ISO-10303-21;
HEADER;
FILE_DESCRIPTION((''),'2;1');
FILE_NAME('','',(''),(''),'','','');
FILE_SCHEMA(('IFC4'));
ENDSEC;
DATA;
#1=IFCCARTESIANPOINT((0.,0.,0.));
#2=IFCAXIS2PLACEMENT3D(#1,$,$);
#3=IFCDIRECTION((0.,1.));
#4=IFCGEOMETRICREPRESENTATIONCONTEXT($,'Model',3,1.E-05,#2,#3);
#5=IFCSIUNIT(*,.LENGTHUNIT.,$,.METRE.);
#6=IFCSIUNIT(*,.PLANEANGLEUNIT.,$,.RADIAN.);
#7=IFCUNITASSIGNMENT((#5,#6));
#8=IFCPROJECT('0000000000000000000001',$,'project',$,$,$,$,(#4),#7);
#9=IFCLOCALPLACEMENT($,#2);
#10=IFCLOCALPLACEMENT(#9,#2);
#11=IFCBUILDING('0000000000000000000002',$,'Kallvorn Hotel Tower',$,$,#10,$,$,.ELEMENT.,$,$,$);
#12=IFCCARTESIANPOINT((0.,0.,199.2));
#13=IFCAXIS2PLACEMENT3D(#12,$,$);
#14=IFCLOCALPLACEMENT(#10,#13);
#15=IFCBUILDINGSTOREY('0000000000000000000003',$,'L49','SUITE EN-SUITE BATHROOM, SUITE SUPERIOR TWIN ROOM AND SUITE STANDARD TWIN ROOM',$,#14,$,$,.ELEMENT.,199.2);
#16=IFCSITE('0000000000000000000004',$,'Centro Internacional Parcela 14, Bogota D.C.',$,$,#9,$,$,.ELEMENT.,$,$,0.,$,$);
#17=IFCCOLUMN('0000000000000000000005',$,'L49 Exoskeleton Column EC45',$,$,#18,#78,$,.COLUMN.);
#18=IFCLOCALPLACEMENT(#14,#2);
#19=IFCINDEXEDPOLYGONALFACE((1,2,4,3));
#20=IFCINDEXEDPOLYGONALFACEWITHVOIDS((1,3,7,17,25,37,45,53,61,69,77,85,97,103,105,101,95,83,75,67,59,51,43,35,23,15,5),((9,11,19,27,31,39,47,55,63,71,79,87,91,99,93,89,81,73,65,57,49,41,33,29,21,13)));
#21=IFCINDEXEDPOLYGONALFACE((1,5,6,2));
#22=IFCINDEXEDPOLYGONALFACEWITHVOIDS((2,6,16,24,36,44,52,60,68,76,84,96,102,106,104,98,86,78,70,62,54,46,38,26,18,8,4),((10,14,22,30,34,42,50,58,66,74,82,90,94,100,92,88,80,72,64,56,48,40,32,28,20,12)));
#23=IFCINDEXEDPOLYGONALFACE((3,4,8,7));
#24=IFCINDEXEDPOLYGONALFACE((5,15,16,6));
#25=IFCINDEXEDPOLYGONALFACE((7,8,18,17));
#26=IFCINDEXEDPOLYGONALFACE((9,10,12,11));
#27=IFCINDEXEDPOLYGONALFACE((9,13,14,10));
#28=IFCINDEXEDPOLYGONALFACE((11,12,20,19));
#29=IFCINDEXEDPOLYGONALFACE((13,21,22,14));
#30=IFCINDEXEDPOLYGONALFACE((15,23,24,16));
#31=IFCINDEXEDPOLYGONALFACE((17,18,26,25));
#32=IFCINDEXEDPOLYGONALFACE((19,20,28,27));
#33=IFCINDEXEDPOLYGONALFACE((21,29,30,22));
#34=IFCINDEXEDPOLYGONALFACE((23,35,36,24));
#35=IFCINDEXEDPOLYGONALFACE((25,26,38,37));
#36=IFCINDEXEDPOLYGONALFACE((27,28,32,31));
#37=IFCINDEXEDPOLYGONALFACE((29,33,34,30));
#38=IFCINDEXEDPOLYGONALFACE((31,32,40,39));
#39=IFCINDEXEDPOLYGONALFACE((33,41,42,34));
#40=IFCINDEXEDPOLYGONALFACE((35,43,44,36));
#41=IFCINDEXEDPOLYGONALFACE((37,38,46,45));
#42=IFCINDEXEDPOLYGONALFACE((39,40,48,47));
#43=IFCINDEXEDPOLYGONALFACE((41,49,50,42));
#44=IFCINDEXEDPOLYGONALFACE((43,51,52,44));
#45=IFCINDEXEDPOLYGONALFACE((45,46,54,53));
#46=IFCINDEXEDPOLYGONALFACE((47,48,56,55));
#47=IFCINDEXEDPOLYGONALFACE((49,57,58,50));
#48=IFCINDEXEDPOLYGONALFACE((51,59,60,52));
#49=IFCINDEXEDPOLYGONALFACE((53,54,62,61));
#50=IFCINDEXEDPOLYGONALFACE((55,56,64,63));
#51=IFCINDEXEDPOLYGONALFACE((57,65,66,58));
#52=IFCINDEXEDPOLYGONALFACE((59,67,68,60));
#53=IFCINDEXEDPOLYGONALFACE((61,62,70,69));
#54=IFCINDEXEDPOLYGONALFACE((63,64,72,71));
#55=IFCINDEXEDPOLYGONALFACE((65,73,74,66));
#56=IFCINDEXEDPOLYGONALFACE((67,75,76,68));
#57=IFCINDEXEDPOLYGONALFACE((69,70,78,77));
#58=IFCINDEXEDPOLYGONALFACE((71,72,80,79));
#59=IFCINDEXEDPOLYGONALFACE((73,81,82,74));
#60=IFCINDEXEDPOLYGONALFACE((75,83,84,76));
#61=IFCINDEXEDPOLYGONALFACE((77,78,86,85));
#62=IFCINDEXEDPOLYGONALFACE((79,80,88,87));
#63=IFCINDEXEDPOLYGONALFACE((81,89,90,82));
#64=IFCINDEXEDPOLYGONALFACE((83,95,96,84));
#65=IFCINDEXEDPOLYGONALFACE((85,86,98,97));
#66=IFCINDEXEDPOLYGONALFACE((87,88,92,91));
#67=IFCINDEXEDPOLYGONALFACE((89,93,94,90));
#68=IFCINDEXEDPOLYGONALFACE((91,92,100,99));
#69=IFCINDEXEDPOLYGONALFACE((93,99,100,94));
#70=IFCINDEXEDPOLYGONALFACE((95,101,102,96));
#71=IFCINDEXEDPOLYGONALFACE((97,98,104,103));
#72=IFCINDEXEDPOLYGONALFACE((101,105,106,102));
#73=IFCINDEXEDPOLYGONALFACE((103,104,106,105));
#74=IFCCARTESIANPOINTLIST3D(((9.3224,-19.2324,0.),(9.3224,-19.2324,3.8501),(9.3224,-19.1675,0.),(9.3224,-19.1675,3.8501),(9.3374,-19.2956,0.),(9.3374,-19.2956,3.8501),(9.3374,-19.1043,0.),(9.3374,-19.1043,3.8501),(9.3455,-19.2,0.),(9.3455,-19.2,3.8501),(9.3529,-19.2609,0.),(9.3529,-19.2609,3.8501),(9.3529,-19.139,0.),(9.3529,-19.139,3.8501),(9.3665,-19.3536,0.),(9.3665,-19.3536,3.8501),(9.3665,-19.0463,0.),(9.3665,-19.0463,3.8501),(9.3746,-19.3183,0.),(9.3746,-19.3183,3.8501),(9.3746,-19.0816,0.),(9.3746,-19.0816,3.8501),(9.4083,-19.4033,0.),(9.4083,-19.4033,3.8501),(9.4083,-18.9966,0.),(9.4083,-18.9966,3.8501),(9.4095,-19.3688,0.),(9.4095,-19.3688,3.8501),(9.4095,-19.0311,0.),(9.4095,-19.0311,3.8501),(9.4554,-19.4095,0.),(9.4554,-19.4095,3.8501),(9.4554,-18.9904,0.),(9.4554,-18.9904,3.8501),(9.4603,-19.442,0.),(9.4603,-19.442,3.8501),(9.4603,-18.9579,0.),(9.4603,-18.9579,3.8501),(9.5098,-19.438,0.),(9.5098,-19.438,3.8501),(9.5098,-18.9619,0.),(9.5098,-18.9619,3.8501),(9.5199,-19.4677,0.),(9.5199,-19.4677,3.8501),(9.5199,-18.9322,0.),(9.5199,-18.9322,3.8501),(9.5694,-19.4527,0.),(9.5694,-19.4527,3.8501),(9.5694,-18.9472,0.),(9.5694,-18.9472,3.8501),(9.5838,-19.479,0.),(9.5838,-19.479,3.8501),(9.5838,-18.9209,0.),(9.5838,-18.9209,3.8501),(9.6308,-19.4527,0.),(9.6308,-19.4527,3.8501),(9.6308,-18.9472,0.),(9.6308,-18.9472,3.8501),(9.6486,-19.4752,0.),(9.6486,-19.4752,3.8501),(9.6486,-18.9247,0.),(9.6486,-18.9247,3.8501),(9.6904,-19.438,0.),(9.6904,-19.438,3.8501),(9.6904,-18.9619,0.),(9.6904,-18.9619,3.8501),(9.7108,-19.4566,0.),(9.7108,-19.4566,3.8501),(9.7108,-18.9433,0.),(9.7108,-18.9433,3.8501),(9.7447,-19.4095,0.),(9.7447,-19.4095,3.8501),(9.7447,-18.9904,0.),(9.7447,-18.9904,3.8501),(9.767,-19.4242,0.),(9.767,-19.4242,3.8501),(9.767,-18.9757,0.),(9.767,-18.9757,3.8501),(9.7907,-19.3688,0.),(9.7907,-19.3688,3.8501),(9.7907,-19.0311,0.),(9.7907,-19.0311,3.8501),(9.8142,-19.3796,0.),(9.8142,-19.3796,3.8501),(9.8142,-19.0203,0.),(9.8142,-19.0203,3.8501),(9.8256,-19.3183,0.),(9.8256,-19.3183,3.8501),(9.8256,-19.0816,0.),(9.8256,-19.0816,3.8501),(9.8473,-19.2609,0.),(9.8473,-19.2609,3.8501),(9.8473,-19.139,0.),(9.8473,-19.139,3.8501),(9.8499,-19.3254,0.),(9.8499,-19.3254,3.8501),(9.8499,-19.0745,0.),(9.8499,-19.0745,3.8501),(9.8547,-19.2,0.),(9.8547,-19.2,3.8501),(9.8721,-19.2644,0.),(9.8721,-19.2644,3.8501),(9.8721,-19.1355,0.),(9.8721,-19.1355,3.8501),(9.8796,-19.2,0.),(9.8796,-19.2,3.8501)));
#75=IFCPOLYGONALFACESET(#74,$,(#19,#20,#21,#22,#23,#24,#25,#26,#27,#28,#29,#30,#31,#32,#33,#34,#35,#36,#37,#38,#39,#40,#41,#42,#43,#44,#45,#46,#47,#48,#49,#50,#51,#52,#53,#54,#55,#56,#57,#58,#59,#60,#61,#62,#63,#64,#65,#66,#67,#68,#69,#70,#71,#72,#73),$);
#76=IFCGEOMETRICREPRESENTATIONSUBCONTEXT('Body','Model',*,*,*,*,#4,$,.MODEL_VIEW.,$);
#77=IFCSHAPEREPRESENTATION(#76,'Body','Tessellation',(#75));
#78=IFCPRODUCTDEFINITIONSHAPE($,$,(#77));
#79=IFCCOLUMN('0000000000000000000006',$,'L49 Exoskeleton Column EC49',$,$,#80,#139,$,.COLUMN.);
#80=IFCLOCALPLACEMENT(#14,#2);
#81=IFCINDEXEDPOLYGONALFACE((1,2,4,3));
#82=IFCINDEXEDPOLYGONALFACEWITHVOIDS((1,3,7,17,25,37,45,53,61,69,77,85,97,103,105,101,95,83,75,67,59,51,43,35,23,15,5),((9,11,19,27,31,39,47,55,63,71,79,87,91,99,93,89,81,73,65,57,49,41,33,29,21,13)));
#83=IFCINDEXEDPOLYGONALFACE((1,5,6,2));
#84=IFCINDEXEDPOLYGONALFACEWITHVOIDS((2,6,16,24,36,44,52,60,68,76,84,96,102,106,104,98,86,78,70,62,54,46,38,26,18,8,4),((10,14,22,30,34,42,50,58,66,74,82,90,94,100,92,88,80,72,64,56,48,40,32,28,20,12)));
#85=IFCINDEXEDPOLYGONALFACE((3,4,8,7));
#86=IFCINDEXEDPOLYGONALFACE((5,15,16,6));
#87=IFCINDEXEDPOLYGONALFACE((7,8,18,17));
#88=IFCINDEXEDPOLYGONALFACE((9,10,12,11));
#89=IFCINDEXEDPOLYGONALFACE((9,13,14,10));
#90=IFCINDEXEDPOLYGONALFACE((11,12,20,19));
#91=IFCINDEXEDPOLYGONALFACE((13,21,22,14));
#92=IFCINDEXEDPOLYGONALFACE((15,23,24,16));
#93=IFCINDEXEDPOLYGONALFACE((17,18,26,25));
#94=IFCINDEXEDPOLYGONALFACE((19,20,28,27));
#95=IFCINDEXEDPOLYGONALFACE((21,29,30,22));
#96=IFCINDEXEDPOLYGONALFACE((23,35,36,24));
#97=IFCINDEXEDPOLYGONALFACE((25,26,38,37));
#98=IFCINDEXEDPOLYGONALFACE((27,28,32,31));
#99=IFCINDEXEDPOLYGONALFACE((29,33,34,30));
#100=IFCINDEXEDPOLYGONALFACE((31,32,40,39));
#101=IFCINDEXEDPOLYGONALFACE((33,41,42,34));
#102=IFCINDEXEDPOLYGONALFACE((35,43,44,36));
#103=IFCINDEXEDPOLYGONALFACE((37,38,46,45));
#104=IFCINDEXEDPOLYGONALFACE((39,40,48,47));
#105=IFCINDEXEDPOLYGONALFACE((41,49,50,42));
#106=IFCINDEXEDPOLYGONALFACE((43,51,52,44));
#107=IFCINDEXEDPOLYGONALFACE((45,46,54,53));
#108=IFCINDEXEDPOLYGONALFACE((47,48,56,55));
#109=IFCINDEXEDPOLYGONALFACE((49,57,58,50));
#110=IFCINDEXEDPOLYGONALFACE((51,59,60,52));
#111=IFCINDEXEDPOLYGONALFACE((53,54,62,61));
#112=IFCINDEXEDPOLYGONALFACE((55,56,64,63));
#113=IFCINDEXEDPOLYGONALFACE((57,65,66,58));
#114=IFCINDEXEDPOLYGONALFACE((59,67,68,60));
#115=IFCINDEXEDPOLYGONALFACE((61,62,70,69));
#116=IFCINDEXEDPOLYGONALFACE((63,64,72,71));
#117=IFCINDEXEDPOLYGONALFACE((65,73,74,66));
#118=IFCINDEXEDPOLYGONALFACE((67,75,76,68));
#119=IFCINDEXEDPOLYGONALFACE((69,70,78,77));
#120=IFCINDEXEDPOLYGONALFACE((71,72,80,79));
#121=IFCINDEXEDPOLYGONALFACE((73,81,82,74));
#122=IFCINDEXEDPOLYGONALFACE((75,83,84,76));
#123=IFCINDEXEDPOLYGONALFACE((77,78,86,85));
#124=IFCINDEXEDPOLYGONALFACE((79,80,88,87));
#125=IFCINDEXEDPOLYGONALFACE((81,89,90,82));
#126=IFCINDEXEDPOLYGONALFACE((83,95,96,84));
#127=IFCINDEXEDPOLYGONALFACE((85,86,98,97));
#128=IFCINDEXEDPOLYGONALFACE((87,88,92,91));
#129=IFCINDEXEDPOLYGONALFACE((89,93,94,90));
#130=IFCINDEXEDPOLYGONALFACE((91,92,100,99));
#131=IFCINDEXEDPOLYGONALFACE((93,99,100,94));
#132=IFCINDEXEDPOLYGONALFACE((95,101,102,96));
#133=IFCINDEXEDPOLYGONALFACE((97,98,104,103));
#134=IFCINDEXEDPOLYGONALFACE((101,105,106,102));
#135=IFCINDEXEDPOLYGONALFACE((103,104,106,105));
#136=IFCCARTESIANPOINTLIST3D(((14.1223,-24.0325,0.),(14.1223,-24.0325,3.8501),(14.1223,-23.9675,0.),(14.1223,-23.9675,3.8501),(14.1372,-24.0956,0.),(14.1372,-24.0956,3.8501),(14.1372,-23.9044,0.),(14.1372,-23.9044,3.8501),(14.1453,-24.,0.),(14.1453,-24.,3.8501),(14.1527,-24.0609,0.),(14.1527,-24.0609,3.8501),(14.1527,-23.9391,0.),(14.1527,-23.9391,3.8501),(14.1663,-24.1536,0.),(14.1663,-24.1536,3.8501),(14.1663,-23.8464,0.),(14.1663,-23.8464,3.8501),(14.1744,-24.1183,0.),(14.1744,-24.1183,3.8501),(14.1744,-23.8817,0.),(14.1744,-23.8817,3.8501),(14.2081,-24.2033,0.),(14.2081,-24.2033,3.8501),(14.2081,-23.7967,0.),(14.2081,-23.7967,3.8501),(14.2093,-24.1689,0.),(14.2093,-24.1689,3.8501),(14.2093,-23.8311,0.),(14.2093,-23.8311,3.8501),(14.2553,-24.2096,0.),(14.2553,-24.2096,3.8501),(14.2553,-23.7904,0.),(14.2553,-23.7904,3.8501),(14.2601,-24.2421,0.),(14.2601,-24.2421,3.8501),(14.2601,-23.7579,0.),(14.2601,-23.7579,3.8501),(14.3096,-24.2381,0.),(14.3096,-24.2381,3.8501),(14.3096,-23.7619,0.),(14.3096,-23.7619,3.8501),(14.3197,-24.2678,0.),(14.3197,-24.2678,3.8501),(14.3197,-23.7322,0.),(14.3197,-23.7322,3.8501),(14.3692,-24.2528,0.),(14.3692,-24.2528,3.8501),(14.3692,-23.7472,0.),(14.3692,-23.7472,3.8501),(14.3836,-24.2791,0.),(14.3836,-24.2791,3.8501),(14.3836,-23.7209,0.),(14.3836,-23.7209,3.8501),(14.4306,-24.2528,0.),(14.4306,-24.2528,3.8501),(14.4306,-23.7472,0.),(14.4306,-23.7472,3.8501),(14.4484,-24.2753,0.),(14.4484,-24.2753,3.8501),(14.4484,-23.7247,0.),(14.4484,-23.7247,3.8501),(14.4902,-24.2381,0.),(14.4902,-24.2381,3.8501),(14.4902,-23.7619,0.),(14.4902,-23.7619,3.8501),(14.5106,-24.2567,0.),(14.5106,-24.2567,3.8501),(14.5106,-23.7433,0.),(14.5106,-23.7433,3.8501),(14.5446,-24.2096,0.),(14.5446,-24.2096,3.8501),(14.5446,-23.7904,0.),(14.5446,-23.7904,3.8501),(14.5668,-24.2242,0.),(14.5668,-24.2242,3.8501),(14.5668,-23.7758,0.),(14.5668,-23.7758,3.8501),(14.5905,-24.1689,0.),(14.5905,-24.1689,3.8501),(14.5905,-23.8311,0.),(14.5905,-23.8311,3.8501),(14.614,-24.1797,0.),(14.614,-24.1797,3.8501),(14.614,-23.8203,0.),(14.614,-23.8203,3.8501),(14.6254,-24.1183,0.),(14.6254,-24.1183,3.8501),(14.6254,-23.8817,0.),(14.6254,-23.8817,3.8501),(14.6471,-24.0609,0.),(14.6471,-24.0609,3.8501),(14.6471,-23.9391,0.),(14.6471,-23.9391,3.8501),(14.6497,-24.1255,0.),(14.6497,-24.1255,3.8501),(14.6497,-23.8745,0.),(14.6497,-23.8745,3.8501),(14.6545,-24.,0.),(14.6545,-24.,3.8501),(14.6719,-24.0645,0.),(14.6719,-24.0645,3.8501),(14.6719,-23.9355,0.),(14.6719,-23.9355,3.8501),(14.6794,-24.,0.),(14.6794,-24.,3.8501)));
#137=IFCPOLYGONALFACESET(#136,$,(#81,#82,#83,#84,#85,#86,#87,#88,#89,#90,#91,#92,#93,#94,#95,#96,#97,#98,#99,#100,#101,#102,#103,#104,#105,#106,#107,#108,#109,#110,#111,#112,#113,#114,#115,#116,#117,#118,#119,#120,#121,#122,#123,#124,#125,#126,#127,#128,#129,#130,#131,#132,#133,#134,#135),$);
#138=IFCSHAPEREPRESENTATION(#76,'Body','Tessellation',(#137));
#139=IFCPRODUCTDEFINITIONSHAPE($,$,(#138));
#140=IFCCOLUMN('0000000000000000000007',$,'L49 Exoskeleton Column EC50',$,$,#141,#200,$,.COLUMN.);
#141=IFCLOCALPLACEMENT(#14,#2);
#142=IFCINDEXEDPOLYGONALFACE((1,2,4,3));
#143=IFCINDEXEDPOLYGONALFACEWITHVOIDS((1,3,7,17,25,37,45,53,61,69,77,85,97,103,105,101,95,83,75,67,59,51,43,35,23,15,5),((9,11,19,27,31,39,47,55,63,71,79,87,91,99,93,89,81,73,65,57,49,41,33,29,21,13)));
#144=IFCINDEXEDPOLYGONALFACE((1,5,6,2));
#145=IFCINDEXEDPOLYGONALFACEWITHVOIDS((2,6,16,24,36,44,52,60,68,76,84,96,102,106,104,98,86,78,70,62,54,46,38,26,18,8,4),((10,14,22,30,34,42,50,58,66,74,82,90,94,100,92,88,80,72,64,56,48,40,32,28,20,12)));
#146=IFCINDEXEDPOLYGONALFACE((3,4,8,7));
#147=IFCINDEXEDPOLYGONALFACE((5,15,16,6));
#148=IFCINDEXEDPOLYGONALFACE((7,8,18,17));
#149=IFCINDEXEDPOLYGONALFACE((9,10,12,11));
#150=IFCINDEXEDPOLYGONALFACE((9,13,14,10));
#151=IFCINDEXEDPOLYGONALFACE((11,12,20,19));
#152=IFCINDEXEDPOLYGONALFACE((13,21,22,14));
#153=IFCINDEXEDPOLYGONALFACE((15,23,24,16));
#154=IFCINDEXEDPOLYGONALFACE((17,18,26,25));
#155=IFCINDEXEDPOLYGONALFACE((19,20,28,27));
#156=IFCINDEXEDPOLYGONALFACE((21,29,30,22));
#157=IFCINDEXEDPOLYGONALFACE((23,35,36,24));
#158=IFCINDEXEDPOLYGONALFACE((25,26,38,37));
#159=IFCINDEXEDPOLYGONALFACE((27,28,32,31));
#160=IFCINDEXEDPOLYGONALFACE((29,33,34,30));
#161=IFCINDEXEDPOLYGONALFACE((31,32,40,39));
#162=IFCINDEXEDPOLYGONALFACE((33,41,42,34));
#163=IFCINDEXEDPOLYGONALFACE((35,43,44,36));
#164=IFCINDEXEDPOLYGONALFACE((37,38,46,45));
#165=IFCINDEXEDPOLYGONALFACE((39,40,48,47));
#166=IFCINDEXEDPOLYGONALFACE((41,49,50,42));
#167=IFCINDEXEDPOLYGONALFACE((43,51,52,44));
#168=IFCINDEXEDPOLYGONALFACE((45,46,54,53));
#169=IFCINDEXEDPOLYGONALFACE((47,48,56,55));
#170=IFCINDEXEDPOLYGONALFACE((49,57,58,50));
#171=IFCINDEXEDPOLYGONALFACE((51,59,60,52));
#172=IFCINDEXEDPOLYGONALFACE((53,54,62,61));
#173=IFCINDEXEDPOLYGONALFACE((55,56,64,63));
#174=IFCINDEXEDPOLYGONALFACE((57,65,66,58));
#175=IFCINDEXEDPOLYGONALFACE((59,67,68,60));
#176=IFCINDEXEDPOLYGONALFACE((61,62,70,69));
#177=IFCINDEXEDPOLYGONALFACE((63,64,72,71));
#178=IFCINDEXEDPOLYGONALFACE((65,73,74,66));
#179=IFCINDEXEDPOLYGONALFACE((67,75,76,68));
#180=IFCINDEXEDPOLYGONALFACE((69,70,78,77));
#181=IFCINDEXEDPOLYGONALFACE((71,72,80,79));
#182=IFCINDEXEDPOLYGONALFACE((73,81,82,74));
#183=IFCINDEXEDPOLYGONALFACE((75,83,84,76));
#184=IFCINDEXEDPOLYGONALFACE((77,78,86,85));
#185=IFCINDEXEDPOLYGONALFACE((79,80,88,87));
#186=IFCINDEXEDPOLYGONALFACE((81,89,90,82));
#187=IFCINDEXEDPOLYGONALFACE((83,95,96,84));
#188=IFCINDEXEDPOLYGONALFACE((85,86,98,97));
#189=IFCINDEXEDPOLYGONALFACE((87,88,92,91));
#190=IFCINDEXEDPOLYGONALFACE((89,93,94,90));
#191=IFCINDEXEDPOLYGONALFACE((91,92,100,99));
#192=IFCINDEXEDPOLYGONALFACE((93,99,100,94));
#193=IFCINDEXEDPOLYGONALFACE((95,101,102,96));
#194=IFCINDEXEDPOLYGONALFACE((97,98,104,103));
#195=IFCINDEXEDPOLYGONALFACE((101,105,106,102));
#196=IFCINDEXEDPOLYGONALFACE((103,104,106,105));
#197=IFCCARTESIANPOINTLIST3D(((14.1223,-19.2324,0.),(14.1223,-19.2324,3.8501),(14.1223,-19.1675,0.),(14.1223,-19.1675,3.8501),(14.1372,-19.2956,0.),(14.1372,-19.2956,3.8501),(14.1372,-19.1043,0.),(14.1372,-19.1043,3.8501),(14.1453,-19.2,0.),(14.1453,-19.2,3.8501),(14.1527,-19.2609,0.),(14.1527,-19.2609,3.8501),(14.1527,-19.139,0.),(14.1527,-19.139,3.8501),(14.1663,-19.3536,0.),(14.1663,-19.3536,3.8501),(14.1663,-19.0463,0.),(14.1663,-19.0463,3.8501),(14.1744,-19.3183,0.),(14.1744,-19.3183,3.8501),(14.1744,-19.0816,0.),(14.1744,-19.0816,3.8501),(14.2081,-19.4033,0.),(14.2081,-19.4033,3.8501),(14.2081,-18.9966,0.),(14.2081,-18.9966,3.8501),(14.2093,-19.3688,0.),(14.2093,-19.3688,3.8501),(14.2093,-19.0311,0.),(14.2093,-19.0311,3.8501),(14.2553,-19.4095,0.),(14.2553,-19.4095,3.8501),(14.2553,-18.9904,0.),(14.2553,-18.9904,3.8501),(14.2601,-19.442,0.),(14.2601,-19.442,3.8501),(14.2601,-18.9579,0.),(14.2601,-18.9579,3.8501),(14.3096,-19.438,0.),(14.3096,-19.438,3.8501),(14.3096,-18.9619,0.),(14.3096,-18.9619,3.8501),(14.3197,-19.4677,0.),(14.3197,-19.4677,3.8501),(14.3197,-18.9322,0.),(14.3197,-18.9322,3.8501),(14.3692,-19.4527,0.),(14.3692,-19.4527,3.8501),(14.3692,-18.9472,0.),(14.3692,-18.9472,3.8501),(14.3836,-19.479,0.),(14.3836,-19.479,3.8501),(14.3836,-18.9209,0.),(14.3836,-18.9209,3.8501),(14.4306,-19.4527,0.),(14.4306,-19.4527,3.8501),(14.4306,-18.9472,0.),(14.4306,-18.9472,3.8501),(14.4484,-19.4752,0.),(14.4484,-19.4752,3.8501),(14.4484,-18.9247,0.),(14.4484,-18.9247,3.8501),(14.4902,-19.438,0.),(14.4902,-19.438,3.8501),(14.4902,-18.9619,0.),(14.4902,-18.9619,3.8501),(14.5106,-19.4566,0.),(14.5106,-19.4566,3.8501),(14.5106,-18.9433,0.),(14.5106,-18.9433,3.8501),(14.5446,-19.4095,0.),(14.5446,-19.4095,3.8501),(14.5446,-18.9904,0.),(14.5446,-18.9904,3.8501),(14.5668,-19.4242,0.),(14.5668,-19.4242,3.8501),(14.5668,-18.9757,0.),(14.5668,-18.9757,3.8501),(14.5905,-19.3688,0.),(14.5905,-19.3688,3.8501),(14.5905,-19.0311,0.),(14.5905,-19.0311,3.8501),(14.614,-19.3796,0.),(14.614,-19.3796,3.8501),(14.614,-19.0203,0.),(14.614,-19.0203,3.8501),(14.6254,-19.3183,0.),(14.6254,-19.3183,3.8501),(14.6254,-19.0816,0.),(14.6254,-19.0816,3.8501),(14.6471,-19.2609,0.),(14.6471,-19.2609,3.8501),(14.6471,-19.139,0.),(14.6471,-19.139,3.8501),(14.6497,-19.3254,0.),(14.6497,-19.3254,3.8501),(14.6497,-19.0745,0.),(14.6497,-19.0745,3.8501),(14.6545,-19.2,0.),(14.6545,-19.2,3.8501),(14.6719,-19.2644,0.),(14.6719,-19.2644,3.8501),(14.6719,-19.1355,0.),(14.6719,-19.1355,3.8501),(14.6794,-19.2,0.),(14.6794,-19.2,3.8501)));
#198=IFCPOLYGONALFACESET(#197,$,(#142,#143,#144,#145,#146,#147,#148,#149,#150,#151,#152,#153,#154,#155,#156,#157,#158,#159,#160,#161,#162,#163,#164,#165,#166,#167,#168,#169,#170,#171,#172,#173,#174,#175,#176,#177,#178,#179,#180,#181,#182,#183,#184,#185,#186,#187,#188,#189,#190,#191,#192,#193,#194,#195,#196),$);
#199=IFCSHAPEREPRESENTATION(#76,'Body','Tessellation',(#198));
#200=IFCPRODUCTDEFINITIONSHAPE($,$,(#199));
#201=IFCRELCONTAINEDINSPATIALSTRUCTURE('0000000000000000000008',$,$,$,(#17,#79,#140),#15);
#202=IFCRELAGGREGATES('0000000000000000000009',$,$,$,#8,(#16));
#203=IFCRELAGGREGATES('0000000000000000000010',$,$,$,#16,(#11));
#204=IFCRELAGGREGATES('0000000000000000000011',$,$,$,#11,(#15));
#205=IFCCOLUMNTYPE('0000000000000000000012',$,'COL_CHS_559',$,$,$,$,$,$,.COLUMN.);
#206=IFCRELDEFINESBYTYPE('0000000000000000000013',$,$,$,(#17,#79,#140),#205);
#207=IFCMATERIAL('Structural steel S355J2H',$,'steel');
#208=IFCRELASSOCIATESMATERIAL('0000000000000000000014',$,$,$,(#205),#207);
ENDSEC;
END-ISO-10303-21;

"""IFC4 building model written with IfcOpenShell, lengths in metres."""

from ifc_helpers import new_model, si_unit, direction, frame, origin, origin_2d, place, context, subcontext, project, spatial, hollow_circle, extrude, material, material_profile, profile_set, type_object, element, save


model = new_model("IFC4")

# Units and contexts
model_context = context("Model", 3, precision=1e-05, world=origin(), true_north=direction((0.0, 1.0)))
body_context = subcontext(model_context, "Body", "Model", "MODEL_VIEW")
ifc_project = project(units=[si_unit("LENGTHUNIT", "METRE"), si_unit("PLANEANGLEUNIT", "RADIAN")], contexts=[model_context])

# Site, building, storey
site_placement = place(None, origin())
site = spatial("IfcSite", under=ifc_project, at=site_placement, Name="Centro Internacional Parcela 14, Bogota D.C.", CompositionType="ELEMENT", RefElevation=0.0)
building_placement = place(site_placement, origin())
building = spatial("IfcBuilding", under=site, at=building_placement, Name="Kallvorn Hotel Tower", CompositionType="ELEMENT")
storey_placement = place(building_placement, frame((0.0, 0.0, 199.2)))
storey = spatial("IfcBuildingStorey", under=building, at=storey_placement, Name="L49", Description="SUITE EN-SUITE BATHROOM, SUITE SUPERIOR TWIN ROOM AND SUITE STANDARD TWIN ROOM", CompositionType="ELEMENT", Elevation=199.2)

# Columns
ifc_material_1 = material(Name="Structural steel S355J2H", Category="steel")
ifc_material_profile_1 = material_profile(ifc_material_1, hollow_circle(Radius=0.2795, WallThickness=0.0249, at=origin_2d()), Name="CHS 559x25")
ifc_profile_set_1 = profile_set([ifc_material_profile_1], Name="Structural steel S355J2H")
column_type_1 = type_object("IfcColumnType", Name="COL_CHS_559", PredefinedType="COLUMN", material=ifc_profile_set_1)
for number, where, z_axis, x_axis, name in (
    (1, (9.6001, -19.2, 0.0), (0.0, 0.0, 1.0), (1.0, 0.0, 0.0), "L49 Exoskeleton Column EC45"),
    (2, (14.3999, -24.0, 0.0), (0.0, 0.0, 1.0), (1.0, 0.0, 0.0), "L49 Exoskeleton Column EC49"),
    (3, (14.3999, -19.2, 0.0), (0.0, 0.0, 1.0), (1.0, 0.0, 0.0), "L49 Exoskeleton Column EC50"),
):
    element("IfcColumn", number, at=place(storey_placement, frame(where, z_axis=z_axis, x_axis=x_axis)), inside=storey, type_object=column_type_1, Name=name, PredefinedType="COLUMN", context=body_context, shape_type="SweptSolid", body=[
        extrude(hollow_circle(Radius=0.2795, WallThickness=0.0249, at=origin_2d()), origin(), (0.0, 0.0, 1.0), 3.8501),
    ])

save(model, "model.ifc")
